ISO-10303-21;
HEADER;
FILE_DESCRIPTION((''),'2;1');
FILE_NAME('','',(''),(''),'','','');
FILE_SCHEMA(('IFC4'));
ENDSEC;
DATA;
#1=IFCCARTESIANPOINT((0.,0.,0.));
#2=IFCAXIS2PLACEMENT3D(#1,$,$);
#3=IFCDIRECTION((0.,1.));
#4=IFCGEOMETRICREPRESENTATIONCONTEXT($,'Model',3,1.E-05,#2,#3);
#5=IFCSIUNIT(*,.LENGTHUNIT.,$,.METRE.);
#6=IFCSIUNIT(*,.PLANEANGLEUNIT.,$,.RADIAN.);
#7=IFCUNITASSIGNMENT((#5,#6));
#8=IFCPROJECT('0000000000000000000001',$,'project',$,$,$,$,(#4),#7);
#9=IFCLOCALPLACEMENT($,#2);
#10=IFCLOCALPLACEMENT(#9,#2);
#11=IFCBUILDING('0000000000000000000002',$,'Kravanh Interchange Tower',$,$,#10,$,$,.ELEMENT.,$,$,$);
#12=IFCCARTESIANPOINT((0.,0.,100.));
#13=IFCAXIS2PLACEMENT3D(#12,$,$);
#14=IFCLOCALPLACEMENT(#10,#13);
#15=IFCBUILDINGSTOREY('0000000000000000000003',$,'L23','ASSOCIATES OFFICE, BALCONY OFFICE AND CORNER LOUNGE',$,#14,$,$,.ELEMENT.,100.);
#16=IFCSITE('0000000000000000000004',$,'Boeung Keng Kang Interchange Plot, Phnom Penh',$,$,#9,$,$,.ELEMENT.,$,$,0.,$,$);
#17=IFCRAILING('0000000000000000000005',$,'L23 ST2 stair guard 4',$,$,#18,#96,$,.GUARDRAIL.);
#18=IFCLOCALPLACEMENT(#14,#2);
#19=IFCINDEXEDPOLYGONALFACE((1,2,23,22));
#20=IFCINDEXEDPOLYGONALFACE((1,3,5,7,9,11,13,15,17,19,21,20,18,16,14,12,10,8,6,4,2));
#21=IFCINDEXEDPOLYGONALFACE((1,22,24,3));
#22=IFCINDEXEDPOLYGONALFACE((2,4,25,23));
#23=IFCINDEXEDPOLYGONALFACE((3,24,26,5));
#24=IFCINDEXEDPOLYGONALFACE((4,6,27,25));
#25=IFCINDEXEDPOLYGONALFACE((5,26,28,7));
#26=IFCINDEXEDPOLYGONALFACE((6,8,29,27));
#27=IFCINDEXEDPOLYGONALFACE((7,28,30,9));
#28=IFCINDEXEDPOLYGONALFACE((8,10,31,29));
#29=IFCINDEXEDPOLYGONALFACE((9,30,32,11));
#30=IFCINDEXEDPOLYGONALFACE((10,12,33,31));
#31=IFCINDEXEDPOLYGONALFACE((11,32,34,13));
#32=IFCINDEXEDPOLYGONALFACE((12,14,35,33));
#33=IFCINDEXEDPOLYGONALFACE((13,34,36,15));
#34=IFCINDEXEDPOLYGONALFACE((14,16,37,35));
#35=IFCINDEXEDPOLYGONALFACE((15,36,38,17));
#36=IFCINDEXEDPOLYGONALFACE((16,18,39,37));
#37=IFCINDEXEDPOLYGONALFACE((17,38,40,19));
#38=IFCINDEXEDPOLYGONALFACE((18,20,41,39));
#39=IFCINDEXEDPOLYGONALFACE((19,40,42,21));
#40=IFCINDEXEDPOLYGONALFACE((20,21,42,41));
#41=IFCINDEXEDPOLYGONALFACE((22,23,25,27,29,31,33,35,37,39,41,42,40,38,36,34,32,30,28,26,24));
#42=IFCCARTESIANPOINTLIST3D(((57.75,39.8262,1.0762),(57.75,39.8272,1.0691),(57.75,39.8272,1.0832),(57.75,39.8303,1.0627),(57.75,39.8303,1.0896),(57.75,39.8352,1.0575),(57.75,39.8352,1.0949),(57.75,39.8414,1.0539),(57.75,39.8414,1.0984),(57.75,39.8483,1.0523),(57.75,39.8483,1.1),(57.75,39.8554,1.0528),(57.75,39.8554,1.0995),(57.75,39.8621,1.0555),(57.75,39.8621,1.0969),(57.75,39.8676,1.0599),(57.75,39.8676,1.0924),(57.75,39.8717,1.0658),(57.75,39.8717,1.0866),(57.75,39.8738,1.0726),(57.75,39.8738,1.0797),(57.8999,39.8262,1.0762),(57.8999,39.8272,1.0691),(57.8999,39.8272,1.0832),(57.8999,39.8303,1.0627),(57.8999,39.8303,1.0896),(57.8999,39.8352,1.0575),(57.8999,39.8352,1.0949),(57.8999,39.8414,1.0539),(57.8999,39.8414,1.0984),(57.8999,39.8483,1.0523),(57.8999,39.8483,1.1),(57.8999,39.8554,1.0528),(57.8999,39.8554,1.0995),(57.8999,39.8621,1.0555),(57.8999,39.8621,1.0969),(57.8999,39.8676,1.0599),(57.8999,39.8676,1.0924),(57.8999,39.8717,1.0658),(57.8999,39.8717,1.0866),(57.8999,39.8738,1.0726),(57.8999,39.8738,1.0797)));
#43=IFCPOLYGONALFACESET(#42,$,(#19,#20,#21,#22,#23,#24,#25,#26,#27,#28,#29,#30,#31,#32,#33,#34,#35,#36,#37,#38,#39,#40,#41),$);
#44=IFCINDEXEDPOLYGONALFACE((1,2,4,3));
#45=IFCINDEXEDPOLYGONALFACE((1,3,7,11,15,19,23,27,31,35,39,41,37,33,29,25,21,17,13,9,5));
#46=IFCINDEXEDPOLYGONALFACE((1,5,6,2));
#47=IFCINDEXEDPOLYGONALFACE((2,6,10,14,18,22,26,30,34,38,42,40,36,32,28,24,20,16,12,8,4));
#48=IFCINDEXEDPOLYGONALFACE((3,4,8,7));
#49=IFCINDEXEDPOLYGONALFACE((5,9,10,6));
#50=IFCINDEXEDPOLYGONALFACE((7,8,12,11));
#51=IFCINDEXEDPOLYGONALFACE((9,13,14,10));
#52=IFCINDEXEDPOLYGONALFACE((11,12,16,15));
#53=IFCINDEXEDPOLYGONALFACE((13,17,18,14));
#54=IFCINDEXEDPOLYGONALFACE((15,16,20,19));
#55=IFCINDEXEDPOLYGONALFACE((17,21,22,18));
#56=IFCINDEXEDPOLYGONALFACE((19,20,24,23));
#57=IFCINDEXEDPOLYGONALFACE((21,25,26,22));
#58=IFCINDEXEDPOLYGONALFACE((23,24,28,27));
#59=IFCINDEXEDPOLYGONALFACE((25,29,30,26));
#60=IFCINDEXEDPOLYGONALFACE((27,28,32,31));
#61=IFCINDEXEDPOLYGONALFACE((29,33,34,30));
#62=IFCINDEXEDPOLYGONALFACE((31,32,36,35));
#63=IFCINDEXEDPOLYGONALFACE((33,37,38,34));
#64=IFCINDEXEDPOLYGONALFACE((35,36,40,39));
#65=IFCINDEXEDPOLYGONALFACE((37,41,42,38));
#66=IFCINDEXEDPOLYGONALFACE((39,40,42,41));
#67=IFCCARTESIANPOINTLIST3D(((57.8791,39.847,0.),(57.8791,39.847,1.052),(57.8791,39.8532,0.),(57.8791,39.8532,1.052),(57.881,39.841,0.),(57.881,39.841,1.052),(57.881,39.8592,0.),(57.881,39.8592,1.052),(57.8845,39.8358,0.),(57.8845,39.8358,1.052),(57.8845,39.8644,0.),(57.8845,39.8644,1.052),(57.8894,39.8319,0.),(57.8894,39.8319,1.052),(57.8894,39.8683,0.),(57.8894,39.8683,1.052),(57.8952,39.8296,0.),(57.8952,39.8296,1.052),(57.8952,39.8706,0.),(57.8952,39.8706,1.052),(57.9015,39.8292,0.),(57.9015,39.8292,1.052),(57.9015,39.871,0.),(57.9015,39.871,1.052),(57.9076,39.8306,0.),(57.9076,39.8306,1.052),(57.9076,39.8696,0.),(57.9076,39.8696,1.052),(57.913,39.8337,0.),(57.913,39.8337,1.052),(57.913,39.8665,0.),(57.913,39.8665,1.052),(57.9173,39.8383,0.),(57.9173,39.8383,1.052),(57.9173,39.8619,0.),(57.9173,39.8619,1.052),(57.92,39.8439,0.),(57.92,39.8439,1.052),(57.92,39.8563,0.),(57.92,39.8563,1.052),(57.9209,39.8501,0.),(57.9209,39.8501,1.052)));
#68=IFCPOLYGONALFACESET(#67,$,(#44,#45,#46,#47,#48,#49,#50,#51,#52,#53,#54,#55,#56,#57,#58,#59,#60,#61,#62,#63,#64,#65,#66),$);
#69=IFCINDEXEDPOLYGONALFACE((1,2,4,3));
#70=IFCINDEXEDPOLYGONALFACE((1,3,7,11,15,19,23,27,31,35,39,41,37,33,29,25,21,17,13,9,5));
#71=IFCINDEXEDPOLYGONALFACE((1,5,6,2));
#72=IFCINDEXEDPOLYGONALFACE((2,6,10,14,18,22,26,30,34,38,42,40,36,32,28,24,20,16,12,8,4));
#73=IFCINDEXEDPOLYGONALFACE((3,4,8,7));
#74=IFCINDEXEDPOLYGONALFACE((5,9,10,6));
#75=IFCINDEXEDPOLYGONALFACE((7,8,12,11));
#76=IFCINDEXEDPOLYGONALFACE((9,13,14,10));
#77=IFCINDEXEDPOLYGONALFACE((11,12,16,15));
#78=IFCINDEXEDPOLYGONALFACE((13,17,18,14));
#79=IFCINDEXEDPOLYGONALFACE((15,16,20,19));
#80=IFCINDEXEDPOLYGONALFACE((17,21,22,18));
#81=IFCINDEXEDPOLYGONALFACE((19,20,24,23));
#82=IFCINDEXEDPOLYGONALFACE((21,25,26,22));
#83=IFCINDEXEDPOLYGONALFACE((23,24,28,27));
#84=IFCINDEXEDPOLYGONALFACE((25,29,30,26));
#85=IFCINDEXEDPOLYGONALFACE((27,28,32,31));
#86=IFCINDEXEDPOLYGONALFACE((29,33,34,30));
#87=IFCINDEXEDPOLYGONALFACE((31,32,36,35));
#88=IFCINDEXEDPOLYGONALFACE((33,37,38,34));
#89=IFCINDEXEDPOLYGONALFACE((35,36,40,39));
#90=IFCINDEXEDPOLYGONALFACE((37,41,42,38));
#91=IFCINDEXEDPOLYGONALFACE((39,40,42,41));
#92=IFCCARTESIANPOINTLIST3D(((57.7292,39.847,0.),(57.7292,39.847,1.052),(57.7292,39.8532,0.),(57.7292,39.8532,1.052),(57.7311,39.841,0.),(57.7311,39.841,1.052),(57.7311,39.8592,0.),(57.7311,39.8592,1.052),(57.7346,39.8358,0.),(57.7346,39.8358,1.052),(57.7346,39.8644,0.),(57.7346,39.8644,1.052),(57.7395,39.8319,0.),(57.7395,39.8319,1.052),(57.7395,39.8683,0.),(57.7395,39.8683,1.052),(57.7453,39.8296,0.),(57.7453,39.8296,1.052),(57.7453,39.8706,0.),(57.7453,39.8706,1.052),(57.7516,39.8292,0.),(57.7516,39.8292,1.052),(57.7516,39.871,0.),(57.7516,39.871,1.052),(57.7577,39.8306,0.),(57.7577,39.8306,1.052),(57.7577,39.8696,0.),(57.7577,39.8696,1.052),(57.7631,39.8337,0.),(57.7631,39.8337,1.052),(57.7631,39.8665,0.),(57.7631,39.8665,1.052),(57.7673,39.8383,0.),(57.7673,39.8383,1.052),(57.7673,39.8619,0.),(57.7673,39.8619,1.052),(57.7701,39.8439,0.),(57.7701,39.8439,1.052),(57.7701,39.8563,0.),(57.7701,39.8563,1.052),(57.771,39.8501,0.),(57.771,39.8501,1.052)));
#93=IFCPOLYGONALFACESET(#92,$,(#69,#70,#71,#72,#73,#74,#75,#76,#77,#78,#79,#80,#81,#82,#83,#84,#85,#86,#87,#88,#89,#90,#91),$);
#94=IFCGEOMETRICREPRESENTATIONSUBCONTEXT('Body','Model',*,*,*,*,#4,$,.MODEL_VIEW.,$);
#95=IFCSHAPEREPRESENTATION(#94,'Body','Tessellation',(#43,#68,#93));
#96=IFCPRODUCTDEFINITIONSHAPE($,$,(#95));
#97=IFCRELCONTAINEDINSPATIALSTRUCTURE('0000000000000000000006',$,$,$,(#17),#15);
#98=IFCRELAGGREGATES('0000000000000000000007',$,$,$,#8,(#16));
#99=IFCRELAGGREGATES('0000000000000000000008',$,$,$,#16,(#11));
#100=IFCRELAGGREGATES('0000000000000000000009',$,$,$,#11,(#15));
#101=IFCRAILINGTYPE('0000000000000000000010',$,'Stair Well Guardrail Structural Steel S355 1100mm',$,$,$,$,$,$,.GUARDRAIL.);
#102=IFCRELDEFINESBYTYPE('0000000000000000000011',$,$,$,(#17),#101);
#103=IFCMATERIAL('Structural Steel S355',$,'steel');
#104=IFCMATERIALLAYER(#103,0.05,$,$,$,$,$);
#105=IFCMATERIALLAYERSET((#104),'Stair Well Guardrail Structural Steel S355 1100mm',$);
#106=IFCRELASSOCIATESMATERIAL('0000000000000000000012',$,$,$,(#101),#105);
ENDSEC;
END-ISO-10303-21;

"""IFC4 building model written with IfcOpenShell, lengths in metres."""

from ifc_helpers import new_model, si_unit, direction, frame, origin, origin_2d, place, context, subcontext, project, spatial, circle, extrude, material, layer, layer_set, type_object, element, save


model = new_model("IFC4")

# Units and contexts
model_context = context("Model", 3, precision=1e-05, world=origin(), true_north=direction((0.0, 1.0)))
body_context = subcontext(model_context, "Body", "Model", "MODEL_VIEW")
ifc_project = project(units=[si_unit("LENGTHUNIT", "METRE"), si_unit("PLANEANGLEUNIT", "RADIAN")], contexts=[model_context])

# Site, building, storey
site_placement = place(None, origin())
site = spatial("IfcSite", under=ifc_project, at=site_placement, Name="Boeung Keng Kang Interchange Plot, Phnom Penh", CompositionType="ELEMENT", RefElevation=0.0)
building_placement = place(site_placement, origin())
building = spatial("IfcBuilding", under=site, at=building_placement, Name="Kravanh Interchange Tower", CompositionType="ELEMENT")
storey_placement = place(building_placement, frame((0.0, 0.0, 100.0)))
storey = spatial("IfcBuildingStorey", under=building, at=storey_placement, Name="L23", Description="ASSOCIATES OFFICE, BALCONY OFFICE AND CORNER LOUNGE", CompositionType="ELEMENT", Elevation=100.0)

# Railing
ifc_material_1 = material(Name="Structural Steel S355", Category="steel")
ifc_layer_1 = layer(ifc_material_1, 0.05)
ifc_layer_set_1 = layer_set([ifc_layer_1], Name="Stair Well Guardrail Structural Steel S355 1100mm")
railing_type_1 = type_object("IfcRailingType", Name="Stair Well Guardrail Structural Steel S355 1100mm", PredefinedType="GUARDRAIL", material=ifc_layer_set_1)
railing_1_placement = place(storey_placement, frame((57.8999, 39.8501, 0.0)))
element("IfcRailing", 1, at=railing_1_placement, inside=storey, type_object=railing_type_1, Name="L23 ST2 stair guard 4", PredefinedType="GUARDRAIL", context=body_context, shape_type="SweptSolid", body=[
    extrude(circle(Radius=0.0239, at=origin_2d()), frame((0.0, 0.0, 1.0762), z_axis=(-1.0, 0.0, 0.0), x_axis=(0.0, -1.0, 0.0)), (0.0, 0.0, 1.0), 0.1499),
    extrude(circle(Radius=0.021, at=origin_2d()), origin(), (0.0, 0.0, 1.0), 1.052),
    extrude(circle(Radius=0.021, at=origin_2d()), frame((-0.1499, 0.0, 0.0)), (0.0, 0.0, 1.0), 1.052),
])

save(model, "model.ifc")
